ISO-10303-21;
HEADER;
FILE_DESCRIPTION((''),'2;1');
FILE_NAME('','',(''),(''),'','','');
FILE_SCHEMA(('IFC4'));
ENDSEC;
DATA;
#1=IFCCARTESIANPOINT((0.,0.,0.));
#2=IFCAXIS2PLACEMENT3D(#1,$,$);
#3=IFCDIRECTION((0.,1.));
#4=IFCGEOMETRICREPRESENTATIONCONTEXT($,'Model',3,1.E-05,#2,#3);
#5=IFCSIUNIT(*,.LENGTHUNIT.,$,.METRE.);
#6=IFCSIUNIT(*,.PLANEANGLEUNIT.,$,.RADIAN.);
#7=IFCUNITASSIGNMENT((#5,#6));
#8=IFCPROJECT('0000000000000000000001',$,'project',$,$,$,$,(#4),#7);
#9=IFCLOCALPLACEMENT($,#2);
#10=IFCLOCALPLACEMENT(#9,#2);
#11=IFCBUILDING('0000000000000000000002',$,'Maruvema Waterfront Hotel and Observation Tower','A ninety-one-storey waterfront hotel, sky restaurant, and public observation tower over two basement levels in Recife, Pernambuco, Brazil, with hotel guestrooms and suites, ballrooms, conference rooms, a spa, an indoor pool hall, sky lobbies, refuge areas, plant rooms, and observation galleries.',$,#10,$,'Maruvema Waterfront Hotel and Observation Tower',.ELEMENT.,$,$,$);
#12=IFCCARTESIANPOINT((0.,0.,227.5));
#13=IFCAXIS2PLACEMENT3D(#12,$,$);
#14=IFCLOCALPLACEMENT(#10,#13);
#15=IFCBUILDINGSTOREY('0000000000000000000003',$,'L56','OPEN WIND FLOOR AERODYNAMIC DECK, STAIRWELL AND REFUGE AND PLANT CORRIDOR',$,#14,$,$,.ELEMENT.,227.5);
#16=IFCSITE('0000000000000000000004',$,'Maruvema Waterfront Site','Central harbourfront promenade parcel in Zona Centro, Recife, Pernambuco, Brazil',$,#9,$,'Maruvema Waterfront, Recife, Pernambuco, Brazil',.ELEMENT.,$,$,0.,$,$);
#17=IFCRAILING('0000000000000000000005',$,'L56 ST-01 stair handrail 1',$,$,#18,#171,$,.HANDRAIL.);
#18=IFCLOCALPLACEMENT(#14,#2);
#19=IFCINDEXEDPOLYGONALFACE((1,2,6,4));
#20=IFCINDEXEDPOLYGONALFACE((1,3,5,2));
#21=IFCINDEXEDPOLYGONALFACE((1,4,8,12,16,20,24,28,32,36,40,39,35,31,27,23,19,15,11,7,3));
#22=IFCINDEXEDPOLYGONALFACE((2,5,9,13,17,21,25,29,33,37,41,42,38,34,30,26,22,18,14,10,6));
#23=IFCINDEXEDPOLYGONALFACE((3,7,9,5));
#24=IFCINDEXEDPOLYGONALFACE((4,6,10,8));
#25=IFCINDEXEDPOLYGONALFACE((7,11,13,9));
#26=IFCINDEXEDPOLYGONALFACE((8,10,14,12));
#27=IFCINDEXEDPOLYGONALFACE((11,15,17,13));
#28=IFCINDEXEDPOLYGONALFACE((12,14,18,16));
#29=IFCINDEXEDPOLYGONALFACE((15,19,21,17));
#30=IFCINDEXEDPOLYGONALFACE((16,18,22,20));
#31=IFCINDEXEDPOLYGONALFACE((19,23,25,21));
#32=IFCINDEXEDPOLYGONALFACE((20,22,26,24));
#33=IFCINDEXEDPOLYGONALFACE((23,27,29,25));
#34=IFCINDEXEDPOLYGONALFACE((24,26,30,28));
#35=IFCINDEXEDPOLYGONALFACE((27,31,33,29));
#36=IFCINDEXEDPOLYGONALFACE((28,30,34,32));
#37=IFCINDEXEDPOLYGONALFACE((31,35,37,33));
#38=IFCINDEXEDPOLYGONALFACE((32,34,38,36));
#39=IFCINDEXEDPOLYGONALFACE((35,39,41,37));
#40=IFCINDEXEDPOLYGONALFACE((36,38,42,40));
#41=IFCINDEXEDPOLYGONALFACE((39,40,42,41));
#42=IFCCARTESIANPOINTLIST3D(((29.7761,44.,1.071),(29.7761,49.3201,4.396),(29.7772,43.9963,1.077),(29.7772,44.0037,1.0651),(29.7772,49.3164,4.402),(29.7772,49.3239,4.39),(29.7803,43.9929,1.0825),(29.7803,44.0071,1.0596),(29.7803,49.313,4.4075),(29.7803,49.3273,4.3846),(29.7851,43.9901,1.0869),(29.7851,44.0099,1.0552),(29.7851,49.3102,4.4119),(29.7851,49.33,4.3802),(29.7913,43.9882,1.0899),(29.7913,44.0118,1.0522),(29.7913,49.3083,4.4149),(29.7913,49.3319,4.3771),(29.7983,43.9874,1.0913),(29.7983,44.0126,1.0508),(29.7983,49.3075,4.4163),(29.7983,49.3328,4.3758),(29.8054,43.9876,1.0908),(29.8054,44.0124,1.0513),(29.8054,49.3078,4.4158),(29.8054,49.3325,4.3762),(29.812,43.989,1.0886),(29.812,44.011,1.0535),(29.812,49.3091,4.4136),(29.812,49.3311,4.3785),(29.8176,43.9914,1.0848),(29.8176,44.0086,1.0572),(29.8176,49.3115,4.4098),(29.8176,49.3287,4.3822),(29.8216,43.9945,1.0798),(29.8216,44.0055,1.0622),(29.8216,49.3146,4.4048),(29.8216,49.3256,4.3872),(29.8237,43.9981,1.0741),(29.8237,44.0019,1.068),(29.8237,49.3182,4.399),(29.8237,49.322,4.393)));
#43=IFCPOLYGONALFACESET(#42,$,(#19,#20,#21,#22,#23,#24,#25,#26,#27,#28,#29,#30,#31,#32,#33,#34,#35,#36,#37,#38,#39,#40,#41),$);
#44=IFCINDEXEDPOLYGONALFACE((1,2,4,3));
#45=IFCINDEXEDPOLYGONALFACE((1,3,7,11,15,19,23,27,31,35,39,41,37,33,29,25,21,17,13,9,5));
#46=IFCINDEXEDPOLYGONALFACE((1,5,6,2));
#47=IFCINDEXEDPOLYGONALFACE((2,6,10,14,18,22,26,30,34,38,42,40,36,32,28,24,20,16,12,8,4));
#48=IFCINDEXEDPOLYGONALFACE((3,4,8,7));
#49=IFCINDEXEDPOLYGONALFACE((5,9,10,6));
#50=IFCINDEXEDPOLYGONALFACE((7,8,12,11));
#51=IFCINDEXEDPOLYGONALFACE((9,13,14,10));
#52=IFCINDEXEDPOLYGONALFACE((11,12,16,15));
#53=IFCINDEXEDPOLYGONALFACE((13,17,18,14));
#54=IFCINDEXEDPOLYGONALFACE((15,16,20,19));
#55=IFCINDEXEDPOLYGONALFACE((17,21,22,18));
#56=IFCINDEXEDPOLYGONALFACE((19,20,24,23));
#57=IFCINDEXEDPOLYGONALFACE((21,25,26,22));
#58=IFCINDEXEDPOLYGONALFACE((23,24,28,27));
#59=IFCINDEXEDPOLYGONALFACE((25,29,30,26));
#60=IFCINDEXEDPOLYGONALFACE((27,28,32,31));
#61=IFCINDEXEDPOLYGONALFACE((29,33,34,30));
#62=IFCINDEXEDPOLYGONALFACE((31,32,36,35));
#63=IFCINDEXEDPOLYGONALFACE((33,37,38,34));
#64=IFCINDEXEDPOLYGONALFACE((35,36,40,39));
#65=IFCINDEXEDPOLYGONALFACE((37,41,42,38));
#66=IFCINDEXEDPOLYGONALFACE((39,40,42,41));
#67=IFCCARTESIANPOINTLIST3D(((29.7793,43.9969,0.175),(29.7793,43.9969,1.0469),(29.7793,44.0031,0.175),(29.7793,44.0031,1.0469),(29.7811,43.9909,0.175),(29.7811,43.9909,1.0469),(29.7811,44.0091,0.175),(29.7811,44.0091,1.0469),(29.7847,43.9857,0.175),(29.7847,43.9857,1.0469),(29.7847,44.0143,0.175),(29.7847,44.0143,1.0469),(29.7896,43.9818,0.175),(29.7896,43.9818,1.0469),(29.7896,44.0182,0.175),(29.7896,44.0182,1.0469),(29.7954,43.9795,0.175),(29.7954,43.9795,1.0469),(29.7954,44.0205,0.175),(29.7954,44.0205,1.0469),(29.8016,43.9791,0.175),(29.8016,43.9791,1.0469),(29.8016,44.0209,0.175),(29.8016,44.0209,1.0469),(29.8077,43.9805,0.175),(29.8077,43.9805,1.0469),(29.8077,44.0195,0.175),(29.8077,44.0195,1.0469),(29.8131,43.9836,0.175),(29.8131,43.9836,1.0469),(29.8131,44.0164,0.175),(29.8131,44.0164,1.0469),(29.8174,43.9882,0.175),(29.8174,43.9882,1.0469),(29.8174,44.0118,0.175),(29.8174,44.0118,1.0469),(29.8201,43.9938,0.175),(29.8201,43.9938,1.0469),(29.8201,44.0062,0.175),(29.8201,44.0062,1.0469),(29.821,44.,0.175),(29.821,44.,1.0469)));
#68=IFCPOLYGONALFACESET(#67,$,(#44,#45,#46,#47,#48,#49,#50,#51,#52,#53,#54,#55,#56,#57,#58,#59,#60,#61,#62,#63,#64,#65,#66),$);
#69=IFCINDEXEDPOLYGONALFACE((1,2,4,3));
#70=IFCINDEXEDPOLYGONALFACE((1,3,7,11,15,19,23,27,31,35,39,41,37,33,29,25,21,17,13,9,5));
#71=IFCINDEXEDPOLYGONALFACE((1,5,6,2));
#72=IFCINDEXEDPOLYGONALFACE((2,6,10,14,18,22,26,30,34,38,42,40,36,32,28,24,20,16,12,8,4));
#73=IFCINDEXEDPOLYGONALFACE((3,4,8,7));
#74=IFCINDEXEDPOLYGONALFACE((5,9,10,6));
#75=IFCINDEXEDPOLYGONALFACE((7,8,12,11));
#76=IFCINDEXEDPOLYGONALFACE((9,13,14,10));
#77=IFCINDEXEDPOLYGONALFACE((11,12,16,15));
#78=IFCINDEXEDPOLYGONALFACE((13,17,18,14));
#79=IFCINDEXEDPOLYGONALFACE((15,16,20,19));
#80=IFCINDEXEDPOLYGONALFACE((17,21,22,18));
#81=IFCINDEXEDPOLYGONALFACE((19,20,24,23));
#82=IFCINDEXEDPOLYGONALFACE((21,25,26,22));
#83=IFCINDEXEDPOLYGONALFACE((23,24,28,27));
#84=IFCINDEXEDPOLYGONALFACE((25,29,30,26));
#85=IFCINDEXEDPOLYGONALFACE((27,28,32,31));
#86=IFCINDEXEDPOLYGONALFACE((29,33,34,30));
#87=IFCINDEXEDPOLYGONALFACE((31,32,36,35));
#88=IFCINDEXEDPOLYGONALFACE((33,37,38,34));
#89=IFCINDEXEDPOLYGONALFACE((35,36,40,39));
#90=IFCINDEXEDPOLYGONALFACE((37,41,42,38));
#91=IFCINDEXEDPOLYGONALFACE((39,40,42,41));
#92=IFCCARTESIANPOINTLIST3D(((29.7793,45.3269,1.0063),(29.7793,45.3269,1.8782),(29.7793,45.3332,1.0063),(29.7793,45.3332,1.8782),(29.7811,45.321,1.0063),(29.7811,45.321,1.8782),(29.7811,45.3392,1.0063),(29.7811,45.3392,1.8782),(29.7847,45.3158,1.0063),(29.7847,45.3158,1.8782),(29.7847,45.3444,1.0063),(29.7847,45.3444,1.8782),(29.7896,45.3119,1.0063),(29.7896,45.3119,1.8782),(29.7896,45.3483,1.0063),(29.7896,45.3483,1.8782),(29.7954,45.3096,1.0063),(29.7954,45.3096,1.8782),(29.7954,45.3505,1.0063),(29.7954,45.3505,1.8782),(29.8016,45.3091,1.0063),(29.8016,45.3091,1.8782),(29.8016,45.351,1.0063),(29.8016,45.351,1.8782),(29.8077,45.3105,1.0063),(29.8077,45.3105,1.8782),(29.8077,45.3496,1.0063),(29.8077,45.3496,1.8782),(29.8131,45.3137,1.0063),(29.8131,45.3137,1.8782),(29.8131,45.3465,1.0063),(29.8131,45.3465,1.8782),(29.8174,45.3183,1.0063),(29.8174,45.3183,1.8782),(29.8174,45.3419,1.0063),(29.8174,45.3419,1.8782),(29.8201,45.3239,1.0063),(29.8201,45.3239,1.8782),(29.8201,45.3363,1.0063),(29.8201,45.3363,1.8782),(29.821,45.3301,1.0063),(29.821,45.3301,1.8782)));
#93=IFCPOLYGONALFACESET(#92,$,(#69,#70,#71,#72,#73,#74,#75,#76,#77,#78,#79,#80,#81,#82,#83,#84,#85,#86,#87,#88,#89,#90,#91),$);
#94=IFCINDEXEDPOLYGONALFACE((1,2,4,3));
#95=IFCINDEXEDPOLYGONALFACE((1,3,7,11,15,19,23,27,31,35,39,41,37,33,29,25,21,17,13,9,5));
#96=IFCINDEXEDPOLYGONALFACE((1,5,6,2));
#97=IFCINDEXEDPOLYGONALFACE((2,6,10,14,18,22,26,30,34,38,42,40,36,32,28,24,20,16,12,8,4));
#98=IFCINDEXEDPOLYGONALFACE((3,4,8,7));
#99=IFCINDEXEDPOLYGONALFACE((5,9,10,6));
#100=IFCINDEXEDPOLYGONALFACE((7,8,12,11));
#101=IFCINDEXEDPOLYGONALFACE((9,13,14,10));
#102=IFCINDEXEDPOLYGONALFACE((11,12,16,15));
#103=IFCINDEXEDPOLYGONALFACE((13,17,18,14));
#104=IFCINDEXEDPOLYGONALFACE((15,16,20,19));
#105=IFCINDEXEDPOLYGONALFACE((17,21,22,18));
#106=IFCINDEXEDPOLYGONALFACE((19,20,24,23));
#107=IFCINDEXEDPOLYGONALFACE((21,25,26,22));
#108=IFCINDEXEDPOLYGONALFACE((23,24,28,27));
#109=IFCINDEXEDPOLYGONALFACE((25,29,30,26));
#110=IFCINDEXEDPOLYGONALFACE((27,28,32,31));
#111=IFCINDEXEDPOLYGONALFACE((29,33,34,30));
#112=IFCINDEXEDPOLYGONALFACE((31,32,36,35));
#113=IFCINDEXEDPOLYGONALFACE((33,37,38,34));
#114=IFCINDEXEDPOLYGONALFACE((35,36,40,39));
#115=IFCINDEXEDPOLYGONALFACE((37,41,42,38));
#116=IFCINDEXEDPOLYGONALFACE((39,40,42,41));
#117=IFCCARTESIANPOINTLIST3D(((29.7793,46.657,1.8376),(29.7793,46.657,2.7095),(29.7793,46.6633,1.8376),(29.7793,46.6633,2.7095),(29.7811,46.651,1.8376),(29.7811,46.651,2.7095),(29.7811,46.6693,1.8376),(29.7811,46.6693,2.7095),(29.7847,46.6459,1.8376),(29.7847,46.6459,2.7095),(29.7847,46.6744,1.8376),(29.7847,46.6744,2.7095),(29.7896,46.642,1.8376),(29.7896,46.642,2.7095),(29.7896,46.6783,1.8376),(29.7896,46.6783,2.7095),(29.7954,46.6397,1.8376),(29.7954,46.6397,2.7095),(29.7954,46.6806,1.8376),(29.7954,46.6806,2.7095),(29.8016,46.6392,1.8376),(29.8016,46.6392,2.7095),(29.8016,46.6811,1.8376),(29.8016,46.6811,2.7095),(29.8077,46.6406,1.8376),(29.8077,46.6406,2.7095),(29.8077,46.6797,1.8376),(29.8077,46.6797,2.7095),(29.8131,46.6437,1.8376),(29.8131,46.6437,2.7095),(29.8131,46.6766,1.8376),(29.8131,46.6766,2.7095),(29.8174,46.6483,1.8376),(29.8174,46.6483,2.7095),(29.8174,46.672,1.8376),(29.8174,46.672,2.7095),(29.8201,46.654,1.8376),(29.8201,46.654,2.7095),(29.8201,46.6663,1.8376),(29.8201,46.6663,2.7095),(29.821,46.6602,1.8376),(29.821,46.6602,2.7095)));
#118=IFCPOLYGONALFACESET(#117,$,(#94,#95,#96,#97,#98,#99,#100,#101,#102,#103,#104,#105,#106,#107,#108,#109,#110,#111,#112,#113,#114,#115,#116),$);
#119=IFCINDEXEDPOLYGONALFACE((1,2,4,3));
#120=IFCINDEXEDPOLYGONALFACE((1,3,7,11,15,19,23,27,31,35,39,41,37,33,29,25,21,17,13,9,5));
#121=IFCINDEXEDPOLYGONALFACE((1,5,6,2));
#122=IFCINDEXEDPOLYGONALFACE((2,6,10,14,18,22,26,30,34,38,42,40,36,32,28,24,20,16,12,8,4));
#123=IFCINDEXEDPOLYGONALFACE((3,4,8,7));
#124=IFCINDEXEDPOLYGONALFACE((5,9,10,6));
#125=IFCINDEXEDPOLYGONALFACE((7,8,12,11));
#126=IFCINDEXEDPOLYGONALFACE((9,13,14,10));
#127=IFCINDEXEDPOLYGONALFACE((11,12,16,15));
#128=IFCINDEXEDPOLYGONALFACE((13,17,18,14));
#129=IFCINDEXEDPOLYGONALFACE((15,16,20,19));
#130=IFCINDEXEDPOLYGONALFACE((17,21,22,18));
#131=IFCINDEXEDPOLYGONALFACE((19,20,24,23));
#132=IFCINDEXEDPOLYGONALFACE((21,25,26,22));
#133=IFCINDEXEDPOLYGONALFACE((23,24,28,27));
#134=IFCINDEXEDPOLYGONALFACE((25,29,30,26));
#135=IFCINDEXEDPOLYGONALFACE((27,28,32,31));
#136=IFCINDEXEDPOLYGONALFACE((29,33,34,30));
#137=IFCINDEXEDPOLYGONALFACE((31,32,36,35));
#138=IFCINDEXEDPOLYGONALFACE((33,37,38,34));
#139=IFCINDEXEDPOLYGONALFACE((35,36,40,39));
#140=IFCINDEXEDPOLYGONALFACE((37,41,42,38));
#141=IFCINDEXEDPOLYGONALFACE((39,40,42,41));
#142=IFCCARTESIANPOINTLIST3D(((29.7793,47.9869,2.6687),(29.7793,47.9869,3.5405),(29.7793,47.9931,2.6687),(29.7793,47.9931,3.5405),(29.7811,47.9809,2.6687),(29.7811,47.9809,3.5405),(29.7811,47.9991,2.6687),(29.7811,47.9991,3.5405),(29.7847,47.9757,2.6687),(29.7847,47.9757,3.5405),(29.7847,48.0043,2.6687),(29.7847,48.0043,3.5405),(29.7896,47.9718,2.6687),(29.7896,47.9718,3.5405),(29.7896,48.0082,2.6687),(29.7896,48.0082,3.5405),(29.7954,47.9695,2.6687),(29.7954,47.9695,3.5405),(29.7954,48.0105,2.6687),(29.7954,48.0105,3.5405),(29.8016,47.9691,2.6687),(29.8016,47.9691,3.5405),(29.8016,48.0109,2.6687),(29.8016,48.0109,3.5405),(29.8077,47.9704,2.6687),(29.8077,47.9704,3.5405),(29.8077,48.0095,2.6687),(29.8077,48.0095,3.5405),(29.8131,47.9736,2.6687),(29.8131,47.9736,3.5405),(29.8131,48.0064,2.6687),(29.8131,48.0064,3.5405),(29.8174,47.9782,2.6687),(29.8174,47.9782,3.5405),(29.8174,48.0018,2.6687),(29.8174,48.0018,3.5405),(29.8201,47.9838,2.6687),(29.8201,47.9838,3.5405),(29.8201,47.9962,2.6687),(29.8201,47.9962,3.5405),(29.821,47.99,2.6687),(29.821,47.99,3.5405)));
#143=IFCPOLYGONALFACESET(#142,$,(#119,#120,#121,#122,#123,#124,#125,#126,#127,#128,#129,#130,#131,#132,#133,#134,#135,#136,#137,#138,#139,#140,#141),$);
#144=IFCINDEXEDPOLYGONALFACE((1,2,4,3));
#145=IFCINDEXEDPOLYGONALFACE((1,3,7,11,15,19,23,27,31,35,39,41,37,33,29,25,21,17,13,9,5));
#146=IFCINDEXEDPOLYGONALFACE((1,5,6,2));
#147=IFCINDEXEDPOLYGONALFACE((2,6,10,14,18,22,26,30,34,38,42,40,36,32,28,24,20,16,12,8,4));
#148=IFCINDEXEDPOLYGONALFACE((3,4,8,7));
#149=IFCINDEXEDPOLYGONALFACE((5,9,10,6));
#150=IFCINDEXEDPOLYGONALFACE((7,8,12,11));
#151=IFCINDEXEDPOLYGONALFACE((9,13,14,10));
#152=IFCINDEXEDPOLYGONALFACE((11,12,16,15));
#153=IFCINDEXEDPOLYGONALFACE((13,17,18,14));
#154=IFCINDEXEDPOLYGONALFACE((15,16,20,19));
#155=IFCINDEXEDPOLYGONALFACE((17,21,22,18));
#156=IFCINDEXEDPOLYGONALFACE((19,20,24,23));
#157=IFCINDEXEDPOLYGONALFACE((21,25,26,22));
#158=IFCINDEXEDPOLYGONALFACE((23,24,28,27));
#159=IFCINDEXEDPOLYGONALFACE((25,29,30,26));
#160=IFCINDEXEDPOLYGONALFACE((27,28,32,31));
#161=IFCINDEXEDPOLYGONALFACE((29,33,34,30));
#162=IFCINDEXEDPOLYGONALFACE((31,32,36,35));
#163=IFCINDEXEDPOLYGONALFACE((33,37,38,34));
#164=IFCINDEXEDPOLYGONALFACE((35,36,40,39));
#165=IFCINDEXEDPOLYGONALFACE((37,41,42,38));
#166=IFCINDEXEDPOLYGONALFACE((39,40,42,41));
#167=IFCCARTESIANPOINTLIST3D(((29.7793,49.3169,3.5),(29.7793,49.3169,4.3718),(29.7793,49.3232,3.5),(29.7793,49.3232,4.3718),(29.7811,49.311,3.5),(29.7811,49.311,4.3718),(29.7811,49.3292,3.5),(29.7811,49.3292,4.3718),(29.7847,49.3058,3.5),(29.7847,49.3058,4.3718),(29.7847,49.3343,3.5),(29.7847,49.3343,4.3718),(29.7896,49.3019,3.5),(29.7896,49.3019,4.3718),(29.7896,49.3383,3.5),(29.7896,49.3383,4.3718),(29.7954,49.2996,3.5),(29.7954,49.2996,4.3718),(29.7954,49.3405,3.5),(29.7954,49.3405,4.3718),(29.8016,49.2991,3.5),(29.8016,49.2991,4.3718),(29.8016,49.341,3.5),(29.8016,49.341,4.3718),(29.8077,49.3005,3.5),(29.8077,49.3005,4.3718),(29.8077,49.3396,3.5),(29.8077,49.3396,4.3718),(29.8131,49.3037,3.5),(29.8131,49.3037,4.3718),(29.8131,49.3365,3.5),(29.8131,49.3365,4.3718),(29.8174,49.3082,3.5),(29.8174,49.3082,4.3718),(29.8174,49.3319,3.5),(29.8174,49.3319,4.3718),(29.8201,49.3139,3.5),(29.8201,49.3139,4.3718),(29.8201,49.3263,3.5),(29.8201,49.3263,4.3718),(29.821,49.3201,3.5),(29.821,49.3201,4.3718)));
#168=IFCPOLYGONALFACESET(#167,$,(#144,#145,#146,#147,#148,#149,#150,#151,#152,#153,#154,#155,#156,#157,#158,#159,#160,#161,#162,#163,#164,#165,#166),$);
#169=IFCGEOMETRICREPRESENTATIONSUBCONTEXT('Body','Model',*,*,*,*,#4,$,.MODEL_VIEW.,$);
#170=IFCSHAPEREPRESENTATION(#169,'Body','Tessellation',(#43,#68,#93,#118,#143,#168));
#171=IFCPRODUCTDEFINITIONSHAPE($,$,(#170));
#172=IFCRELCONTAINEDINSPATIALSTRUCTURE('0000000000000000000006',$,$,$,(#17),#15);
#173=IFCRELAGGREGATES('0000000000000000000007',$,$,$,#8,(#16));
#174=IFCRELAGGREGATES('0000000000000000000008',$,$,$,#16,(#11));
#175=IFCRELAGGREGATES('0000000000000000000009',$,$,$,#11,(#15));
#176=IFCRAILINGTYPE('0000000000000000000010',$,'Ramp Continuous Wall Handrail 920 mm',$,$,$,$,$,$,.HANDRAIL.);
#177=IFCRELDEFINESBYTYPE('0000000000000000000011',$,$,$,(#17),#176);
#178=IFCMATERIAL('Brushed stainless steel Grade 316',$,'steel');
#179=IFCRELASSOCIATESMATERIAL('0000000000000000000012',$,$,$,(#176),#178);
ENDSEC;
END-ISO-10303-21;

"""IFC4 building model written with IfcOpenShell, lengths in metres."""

from ifc_helpers import new_model, si_unit, direction, frame, origin, origin_2d, place, context, subcontext, project, spatial, circle, extrude, material, type_object, element, save


model = new_model("IFC4")

# Units and contexts
model_context = context("Model", 3, precision=1e-05, world=origin(), true_north=direction((0.0, 1.0)))
body_context = subcontext(model_context, "Body", "Model", "MODEL_VIEW")
ifc_project = project(units=[si_unit("LENGTHUNIT", "METRE"), si_unit("PLANEANGLEUNIT", "RADIAN")], contexts=[model_context])

# Site, building, storey
site_placement = place(None, origin())
site = spatial("IfcSite", under=ifc_project, at=site_placement, Name="Maruvema Waterfront Site", Description="Central harbourfront promenade parcel in Zona Centro, Recife, Pernambuco, Brazil", LongName="Maruvema Waterfront, Recife, Pernambuco, Brazil", CompositionType="ELEMENT", RefElevation=0.0)
building_placement = place(site_placement, origin())
building = spatial("IfcBuilding", under=site, at=building_placement, Name="Maruvema Waterfront Hotel and Observation Tower", Description="A ninety-one-storey waterfront hotel, sky restaurant, and public observation tower over two basement levels in Recife, Pernambuco, Brazil, with hotel guestrooms and suites, ballrooms, conference rooms, a spa, an indoor pool hall, sky lobbies, refuge areas, plant rooms, and observation galleries.", LongName="Maruvema Waterfront Hotel and Observation Tower", CompositionType="ELEMENT")
storey_placement = place(building_placement, frame((0.0, 0.0, 227.5)))
storey = spatial("IfcBuildingStorey", under=building, at=storey_placement, Name="L56", Description="OPEN WIND FLOOR AERODYNAMIC DECK, STAIRWELL AND REFUGE AND PLANT CORRIDOR", CompositionType="ELEMENT", Elevation=227.5)

# Railing
ifc_material_1 = material(Name="Brushed stainless steel Grade 316", Category="steel")
railing_type_1 = type_object("IfcRailingType", Name="Ramp Continuous Wall Handrail 920 mm", PredefinedType="HANDRAIL", material=ifc_material_1)
railing_1_placement = place(storey_placement, frame((29.8, 44.0, 0.175)))
element("IfcRailing", 1, at=railing_1_placement, inside=storey, type_object=railing_type_1, Name="L56 ST-01 stair handrail 1", PredefinedType="HANDRAIL", context=body_context, shape_type="SweptSolid", body=[
    extrude(circle(Radius=0.0239, at=origin_2d()), frame((0.0, 0.0, 0.896), z_axis=(0.0, 0.848005, 0.529988), x_axis=(-1.0, 0.0, 0.0)), (0.0, 0.0, 1.0), 6.2737),
    extrude(circle(Radius=0.021, at=origin_2d()), origin(), (0.0, 0.0, 1.0), 0.8718),
    extrude(circle(Radius=0.021, at=origin_2d()), frame((0.0, 1.3301, 0.8313)), (0.0, 0.0, 1.0), 0.8718),
    extrude(circle(Radius=0.021, at=origin_2d()), frame((0.0, 2.6602, 1.6626)), (0.0, 0.0, 1.0), 0.8718),
    extrude(circle(Radius=0.021, at=origin_2d()), frame((0.0, 3.99, 2.4937)), (0.0, 0.0, 1.0), 0.8718),
    extrude(circle(Radius=0.021, at=origin_2d()), frame((0.0, 5.3201, 3.325)), (0.0, 0.0, 1.0), 0.8718),
])

save(model, "model.ifc")
